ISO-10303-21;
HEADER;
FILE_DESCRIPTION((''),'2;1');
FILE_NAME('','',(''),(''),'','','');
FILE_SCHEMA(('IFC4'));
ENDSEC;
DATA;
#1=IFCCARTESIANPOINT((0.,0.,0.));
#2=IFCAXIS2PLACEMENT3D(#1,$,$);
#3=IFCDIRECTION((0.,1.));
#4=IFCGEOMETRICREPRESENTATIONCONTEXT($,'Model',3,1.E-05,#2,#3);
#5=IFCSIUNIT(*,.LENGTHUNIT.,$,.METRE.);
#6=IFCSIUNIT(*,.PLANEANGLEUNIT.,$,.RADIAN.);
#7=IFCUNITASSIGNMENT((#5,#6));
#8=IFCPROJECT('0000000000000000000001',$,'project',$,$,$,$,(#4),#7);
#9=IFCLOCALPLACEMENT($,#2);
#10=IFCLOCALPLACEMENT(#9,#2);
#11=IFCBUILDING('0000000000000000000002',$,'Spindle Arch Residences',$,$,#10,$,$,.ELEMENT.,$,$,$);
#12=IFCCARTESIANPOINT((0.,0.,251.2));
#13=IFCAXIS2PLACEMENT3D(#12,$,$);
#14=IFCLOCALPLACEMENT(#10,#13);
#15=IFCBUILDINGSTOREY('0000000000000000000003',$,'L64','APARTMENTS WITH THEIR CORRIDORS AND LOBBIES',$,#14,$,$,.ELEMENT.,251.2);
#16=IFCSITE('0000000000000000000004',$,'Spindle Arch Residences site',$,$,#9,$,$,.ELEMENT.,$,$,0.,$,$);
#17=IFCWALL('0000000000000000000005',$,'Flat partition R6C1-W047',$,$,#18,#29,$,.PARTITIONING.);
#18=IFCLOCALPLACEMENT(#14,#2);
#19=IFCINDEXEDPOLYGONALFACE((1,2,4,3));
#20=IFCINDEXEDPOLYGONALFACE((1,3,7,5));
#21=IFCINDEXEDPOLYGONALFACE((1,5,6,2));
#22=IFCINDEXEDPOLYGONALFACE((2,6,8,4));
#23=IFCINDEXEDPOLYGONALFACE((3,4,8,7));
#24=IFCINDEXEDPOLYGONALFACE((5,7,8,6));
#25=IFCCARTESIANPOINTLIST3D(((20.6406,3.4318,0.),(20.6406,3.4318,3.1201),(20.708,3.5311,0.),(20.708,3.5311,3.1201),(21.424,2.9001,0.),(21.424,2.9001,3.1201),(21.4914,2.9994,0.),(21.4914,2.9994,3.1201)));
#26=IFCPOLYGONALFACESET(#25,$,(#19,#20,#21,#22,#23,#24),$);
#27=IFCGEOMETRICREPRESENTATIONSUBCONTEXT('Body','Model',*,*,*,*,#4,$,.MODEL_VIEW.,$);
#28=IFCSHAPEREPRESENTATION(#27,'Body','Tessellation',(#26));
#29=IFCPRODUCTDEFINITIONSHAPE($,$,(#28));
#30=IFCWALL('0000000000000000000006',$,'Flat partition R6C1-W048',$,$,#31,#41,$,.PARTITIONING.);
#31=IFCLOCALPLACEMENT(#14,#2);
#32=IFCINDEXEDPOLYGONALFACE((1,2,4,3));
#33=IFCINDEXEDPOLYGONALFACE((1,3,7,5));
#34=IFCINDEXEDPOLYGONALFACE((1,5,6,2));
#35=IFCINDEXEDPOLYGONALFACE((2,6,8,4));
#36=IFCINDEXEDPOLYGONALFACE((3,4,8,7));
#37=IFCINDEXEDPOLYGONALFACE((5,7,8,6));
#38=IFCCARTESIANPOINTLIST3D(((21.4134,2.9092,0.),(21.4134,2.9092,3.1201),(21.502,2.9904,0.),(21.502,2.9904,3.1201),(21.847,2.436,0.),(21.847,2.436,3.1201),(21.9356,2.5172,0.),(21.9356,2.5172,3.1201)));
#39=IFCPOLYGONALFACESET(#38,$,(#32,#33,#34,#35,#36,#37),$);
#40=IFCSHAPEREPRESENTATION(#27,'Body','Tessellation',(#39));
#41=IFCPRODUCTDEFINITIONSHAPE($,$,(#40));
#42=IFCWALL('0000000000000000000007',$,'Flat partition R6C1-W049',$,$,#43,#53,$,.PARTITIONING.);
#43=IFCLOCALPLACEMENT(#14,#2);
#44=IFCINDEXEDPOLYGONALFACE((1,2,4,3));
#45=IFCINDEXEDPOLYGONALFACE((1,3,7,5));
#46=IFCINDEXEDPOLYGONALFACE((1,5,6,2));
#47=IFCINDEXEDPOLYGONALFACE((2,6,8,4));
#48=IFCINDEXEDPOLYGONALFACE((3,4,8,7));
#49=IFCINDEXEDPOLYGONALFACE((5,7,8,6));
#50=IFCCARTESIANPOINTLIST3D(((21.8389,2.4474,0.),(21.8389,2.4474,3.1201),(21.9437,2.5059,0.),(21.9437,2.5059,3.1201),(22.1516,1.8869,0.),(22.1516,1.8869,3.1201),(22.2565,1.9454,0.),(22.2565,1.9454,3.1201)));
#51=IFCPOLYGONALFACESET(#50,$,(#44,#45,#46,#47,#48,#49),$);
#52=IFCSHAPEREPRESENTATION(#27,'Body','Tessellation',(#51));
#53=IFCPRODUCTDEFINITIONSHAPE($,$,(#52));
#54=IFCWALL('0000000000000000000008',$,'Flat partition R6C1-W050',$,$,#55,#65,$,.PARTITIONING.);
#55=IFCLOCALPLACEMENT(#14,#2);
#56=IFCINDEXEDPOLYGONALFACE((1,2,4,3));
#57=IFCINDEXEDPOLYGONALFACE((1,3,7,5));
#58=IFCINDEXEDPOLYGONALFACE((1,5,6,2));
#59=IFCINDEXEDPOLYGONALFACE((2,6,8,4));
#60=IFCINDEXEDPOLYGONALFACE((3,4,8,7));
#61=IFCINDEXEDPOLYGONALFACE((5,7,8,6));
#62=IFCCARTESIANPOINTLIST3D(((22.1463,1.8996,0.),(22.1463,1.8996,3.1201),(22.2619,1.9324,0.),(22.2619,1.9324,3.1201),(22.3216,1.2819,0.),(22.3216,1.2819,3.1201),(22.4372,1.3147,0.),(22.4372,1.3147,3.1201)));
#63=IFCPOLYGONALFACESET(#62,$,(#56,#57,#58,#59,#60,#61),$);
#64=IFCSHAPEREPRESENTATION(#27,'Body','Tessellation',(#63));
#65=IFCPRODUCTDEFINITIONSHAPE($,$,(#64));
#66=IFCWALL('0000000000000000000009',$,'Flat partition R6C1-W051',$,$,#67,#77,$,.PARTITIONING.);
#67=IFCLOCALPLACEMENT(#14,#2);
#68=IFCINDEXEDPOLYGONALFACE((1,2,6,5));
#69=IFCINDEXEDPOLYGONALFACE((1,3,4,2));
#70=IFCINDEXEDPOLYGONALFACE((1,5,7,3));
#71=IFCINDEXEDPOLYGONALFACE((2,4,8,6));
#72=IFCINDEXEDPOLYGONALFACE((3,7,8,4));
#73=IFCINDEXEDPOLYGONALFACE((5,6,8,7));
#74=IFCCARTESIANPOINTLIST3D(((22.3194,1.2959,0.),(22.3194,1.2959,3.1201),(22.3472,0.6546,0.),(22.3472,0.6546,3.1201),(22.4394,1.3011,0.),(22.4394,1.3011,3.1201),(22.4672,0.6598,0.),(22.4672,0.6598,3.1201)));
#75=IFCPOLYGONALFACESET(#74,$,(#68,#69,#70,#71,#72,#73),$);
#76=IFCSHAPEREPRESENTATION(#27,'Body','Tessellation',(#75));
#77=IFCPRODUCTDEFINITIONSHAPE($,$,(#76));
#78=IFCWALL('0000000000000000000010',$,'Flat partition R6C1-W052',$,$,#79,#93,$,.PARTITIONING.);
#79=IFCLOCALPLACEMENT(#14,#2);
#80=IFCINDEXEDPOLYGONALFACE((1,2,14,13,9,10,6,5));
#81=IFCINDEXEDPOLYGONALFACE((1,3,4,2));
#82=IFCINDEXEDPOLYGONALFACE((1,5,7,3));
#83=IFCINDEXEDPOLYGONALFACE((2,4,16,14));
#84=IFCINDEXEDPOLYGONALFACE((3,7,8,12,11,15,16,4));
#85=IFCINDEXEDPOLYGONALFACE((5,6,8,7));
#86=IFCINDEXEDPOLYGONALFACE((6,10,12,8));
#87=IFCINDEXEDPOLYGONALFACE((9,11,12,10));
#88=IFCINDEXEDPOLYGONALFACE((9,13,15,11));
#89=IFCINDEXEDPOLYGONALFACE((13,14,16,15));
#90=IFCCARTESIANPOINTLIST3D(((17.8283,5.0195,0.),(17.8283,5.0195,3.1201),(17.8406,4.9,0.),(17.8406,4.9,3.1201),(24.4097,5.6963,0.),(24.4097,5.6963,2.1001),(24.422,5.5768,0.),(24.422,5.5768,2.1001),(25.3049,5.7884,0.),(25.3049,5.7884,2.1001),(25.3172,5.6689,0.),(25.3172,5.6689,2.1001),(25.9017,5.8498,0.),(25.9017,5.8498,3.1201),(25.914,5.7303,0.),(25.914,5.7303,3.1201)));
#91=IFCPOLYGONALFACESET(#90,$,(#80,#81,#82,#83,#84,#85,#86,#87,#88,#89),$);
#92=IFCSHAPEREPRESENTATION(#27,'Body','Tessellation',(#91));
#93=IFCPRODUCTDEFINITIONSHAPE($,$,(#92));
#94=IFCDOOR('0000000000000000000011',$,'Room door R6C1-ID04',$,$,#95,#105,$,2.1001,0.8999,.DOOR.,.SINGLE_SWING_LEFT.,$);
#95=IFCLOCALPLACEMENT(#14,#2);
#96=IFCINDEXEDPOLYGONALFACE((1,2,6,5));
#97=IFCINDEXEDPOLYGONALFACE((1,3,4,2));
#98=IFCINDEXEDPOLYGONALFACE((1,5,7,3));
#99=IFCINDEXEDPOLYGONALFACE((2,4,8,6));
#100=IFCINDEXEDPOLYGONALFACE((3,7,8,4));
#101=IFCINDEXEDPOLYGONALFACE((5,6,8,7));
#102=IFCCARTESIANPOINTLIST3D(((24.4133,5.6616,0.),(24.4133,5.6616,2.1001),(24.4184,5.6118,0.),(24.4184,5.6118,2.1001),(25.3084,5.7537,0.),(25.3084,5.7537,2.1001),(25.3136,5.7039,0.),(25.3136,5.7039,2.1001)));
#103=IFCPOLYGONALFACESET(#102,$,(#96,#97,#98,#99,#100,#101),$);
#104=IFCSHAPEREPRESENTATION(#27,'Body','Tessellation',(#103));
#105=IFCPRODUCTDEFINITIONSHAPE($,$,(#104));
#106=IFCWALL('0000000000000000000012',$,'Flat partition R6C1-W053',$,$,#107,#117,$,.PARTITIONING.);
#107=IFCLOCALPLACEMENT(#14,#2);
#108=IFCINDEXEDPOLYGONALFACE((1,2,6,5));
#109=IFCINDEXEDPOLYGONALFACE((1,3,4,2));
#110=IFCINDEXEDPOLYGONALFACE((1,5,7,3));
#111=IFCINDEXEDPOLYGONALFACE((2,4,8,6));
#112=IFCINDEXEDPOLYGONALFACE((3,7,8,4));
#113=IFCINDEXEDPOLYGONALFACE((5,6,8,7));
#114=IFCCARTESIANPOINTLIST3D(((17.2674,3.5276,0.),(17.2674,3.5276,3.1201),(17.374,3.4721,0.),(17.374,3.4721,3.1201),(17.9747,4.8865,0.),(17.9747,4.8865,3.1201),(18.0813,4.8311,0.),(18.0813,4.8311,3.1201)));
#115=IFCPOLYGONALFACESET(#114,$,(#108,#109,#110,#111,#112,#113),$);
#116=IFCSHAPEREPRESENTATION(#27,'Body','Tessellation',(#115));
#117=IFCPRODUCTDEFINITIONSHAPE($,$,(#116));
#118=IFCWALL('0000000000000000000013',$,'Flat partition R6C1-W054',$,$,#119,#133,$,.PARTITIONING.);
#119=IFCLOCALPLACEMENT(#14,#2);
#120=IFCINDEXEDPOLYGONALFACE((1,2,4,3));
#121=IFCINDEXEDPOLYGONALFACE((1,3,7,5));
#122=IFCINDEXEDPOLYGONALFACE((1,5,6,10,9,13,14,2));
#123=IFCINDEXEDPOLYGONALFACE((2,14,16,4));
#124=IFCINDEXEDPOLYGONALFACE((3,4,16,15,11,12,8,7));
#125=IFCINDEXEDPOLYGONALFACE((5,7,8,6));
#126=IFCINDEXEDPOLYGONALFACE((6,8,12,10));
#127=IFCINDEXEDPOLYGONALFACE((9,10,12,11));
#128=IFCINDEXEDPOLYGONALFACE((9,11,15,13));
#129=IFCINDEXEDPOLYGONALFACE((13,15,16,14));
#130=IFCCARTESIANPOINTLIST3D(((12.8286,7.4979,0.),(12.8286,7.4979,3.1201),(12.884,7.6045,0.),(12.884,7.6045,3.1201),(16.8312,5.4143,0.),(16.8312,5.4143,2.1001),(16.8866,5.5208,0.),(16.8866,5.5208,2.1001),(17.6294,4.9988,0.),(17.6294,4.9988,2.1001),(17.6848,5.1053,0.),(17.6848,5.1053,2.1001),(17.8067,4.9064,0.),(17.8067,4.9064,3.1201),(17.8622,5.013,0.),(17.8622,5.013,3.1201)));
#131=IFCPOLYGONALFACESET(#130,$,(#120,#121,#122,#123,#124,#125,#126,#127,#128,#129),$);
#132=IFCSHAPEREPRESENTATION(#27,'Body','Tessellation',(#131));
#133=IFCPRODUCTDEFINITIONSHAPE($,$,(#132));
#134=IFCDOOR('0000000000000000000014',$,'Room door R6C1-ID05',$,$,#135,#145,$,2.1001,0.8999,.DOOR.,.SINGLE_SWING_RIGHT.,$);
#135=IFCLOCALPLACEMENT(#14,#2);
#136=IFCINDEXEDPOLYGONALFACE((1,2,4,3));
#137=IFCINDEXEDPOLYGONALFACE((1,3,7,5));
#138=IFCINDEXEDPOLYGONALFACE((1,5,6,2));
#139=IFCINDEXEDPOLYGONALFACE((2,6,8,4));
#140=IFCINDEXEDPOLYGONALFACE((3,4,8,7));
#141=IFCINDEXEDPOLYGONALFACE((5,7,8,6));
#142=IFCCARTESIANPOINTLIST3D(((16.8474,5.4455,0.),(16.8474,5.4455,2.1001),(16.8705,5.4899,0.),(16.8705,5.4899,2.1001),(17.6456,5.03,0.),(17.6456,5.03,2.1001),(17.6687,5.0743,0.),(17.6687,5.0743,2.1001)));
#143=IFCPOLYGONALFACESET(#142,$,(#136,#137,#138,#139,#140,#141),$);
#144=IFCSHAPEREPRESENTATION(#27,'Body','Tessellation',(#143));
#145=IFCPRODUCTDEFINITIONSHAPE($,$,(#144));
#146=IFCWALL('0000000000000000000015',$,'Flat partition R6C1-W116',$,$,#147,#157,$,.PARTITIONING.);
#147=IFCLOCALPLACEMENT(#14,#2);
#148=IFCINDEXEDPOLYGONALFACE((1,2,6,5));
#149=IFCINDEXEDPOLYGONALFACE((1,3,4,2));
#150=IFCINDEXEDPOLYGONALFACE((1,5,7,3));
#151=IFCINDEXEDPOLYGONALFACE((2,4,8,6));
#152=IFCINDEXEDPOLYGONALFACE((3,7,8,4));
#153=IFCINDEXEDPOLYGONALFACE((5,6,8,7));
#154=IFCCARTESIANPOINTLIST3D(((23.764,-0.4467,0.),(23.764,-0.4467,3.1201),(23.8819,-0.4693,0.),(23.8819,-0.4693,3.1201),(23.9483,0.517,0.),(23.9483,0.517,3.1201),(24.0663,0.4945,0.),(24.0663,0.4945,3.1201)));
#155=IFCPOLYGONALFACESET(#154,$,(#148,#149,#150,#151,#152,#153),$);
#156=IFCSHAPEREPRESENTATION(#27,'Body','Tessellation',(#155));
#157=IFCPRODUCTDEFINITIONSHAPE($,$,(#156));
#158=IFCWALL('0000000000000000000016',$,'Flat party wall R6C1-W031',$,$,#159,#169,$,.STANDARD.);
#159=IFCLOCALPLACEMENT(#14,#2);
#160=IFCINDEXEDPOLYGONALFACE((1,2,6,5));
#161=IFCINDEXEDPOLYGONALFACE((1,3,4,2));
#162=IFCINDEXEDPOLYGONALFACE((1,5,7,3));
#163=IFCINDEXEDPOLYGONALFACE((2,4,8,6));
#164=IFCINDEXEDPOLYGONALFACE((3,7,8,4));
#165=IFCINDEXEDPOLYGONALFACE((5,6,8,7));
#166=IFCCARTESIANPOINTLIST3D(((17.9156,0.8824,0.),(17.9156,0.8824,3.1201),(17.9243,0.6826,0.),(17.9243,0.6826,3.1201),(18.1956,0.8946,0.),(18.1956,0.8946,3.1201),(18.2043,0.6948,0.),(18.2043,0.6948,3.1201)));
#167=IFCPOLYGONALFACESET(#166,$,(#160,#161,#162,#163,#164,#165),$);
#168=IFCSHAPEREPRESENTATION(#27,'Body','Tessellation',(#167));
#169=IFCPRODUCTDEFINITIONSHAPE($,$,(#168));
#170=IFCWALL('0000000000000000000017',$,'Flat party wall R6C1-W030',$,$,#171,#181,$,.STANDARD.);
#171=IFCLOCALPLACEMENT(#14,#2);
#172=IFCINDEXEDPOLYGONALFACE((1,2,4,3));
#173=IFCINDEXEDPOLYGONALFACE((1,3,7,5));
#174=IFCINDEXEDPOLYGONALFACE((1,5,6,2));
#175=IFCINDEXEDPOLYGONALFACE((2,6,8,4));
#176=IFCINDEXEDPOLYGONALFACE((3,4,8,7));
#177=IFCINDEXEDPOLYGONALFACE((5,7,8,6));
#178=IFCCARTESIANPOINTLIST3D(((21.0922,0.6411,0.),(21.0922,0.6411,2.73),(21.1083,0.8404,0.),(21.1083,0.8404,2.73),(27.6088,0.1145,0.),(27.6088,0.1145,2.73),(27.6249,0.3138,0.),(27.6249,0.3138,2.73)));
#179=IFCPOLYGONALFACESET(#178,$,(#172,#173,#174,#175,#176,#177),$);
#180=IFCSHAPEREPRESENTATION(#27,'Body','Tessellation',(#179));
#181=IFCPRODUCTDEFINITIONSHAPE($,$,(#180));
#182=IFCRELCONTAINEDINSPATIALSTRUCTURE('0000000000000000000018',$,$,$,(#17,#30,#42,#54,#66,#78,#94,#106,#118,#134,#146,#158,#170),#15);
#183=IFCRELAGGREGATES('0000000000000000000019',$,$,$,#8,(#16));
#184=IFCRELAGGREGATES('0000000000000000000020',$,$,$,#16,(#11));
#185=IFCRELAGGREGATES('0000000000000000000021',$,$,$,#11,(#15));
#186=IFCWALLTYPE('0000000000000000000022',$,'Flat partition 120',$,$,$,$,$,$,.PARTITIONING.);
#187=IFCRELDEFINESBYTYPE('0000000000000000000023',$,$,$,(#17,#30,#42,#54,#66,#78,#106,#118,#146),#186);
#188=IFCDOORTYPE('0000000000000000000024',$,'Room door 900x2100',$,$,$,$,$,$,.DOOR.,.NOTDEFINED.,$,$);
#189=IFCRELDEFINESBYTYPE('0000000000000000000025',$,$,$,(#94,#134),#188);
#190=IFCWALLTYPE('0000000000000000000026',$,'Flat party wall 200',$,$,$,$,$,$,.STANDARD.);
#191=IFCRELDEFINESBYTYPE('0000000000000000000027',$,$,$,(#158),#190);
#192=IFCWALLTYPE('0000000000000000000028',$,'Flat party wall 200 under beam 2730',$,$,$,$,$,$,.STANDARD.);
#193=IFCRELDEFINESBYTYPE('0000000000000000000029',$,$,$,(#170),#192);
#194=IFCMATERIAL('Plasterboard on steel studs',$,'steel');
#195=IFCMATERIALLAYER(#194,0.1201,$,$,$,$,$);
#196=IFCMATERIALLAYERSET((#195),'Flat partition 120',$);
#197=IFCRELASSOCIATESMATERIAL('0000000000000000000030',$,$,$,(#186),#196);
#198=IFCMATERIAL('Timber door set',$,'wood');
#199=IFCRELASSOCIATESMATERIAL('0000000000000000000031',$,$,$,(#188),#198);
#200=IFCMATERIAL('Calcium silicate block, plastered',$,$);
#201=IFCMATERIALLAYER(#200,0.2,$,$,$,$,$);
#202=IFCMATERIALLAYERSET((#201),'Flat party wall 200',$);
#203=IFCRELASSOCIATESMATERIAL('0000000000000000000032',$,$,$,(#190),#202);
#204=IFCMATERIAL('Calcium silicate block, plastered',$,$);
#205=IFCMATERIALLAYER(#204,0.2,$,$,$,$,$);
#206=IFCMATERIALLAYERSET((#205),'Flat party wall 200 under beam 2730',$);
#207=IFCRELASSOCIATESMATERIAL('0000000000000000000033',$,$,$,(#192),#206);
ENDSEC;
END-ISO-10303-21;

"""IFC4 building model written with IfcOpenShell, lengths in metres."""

from ifc_helpers import new_model, si_unit, direction, frame, frame_2d, origin, place, context, subcontext, project, spatial, rectangle, extrude, material, layer, layer_set, type_object, element, fill, save


model = new_model("IFC4")

# Units and contexts
model_context = context("Model", 3, precision=1e-05, world=origin(), true_north=direction((0.0, 1.0)))
body_context = subcontext(model_context, "Body", "Model", "MODEL_VIEW")
ifc_project = project(units=[si_unit("LENGTHUNIT", "METRE"), si_unit("PLANEANGLEUNIT", "RADIAN")], contexts=[model_context])

# Site, building, storey
site_placement = place(None, origin())
site = spatial("IfcSite", under=ifc_project, at=site_placement, Name="Spindle Arch Residences site", CompositionType="ELEMENT", RefElevation=0.0)
building_placement = place(site_placement, origin())
building = spatial("IfcBuilding", under=site, at=building_placement, Name="Spindle Arch Residences", CompositionType="ELEMENT")
storey_placement = place(building_placement, frame((0.0, 0.0, 251.2)))
storey = spatial("IfcBuildingStorey", under=building, at=storey_placement, Name="L64", Description="APARTMENTS WITH THEIR CORRIDORS AND LOBBIES", CompositionType="ELEMENT", Elevation=251.2)

# Shared definitions
ifc_material_1 = material(Name="Plasterboard on steel studs", Category="steel")
ifc_layer_1 = layer(ifc_material_1, 0.1201)
ifc_layer_set_1 = layer_set([ifc_layer_1], Name="Flat partition 120")
wall_type_1 = type_object("IfcWallType", Name="Flat partition 120", PredefinedType="PARTITIONING", material=ifc_layer_set_1)

# Shared definitions
ifc_material_2 = material(Name="Timber door set", Category="wood")
door_type_1 = type_object("IfcDoorType", Name="Room door 900x2100", OperationType="NOTDEFINED", PredefinedType="DOOR", material=ifc_material_2)

# Walls
wall_1_placement = place(storey_placement, frame((20.6743, 3.4814, 0.0), z_axis=(0.0, 0.0, 1.0), x_axis=(0.82742, -0.561583, 0.0)))
element("IfcWall", 1, at=wall_1_placement, inside=storey, type_object=wall_type_1, Name="Flat partition R6C1-W047", PredefinedType="PARTITIONING", context=body_context, shape_type="SweptSolid", body=[
    extrude(rectangle(XDim=0.9468, YDim=0.1201, at=frame_2d((0.4734, 0.0))), origin(), (0.0, 0.0, 1.0), 3.1201),
])
for number, where, z_axis, x_axis, name in (
    (2, (21.4578, 2.9497, 0.0), (0.0, 0.0, 1.0), (0.675621, -0.737249, 0.0), "Flat partition R6C1-W048"),
    (3, (21.8914, 2.4766, 0.0), (0.0, 0.0, 1.0), (0.487225, -0.873277, 0.0), "Flat partition R6C1-W049"),
):
    element("IfcWall", number, at=place(storey_placement, frame(where, z_axis=z_axis, x_axis=x_axis)), inside=storey, type_object=wall_type_1, Name=name, PredefinedType="PARTITIONING", context=body_context, shape_type="SweptSolid", body=[
        extrude(rectangle(XDim=0.6418, YDim=0.1201, at=frame_2d((0.3208, 0.0))), origin(), (0.0, 0.0, 1.0), 3.1201),
    ])
wall_2_placement = place(storey_placement, frame((22.2041, 1.916, 0.0), z_axis=(0.0, 0.0, 1.0), x_axis=(0.273013, -0.96201, 0.0)))
element("IfcWall", 4, at=wall_2_placement, inside=storey, type_object=wall_type_1, Name="Flat partition R6C1-W050", PredefinedType="PARTITIONING", context=body_context, shape_type="SweptSolid", body=[
    extrude(rectangle(XDim=0.6421, YDim=0.1201, at=frame_2d((0.321, 0.0))), origin(), (0.0, 0.0, 1.0), 3.1201),
])
wall_3_placement = place(storey_placement, frame((22.3794, 1.2983, 0.0), z_axis=(0.0, 0.0, 1.0), x_axis=(0.043355, -0.99906, 0.0)))
element("IfcWall", 5, at=wall_3_placement, inside=storey, type_object=wall_type_1, Name="Flat partition R6C1-W051", PredefinedType="PARTITIONING", context=body_context, shape_type="SweptSolid", body=[
    extrude(rectangle(XDim=0.6418, YDim=0.1201, at=frame_2d((0.3208, 0.0))), origin(), (0.0, 0.0, 1.0), 3.1201),
])

# Wall, opening, door
wall_4_placement = place(storey_placement, frame((25.908, 5.79, 0.0), z_axis=(0.0, 0.0, 1.0), x_axis=(-0.994753, -0.102306, 0.0)))
wall_4 = element("IfcWall", 6, at=wall_4_placement, inside=storey, type_object=wall_type_1, Name="Flat partition R6C1-W052", PredefinedType="PARTITIONING", context=body_context, shape_type="SweptSolid", body=[
    extrude(rectangle(XDim=8.116, YDim=0.1201, at=frame_2d((4.0581, 0.0))), origin(), (0.0, 0.0, 1.0), 3.1201),
])
opening_1_placement = place(wall_4_placement, frame((0.6001, 0.0, 0.0)))
opening_1 = element("IfcOpeningElement", 7, at=opening_1_placement, cuts=wall_4, PredefinedType="OPENING", context=body_context, shape_type="SweptSolid", body=[
    extrude(rectangle(XDim=0.8999, YDim=2.1001, at=frame_2d((0.45, 1.05))), frame((0.0, 0.0701, 0.0), z_axis=(0.0, -1.0, 0.0), x_axis=(1.0, 0.0, 0.0)), (0.0, 0.0, 1.0), 0.1401),
])
door_1_placement = place(opening_1_placement, origin())
door_1 = element("IfcDoor", 8, at=door_1_placement, inside=storey, type_object=door_type_1, Name="Room door R6C1-ID04", OperationType="SINGLE_SWING_LEFT", OverallHeight=2.1001, OverallWidth=0.8999, PredefinedType="DOOR", context=body_context, shape_type="SweptSolid", body=[
    extrude(rectangle(XDim=0.8999, YDim=2.1001, at=frame_2d((0.45, 1.05))), frame((0.0, 0.0249, 0.0), z_axis=(0.0, -1.0, 0.0), x_axis=(1.0, 0.0, 0.0)), (0.0, 0.0, 1.0), 0.05),
])
fill(opening_1, door_1)

# Wall
wall_5_placement = place(storey_placement, frame((18.0281, 4.8589, 0.0), z_axis=(0.0, 0.0, 1.0), x_axis=(-0.461689, -0.887042, 0.0)))
element("IfcWall", 9, at=wall_5_placement, inside=storey, type_object=wall_type_1, Name="Flat partition R6C1-W053", PredefinedType="PARTITIONING", context=body_context, shape_type="SweptSolid", body=[
    extrude(rectangle(XDim=1.532, YDim=0.1201, at=frame_2d((0.7661, 0.0))), origin(), (0.0, 0.0, 1.0), 3.1201),
])

# Wall, opening, door
wall_6_placement = place(storey_placement, frame((17.8345, 4.9597, 0.0), z_axis=(0.0, 0.0, 1.0), x_axis=(-0.887009, 0.461753, 0.0)))
wall_6 = element("IfcWall", 10, at=wall_6_placement, inside=storey, type_object=wall_type_1, Name="Flat partition R6C1-W054", PredefinedType="PARTITIONING", context=body_context, shape_type="SweptSolid", body=[
    extrude(rectangle(XDim=5.6123, YDim=0.1201, at=frame_2d((2.8062, 0.0))), origin(), (0.0, 0.0, 1.0), 3.1201),
])
opening_2_placement = place(wall_6_placement, frame((0.2, 0.0, 0.0)))
opening_2 = element("IfcOpeningElement", 11, at=opening_2_placement, cuts=wall_6, PredefinedType="OPENING", context=body_context, shape_type="SweptSolid", body=[
    extrude(rectangle(XDim=0.8999, YDim=2.1001, at=frame_2d((0.45, 1.05))), frame((0.0, 0.0701, 0.0), z_axis=(0.0, -1.0, 0.0), x_axis=(1.0, 0.0, 0.0)), (0.0, 0.0, 1.0), 0.1401),
])
door_2_placement = place(opening_2_placement, origin())
door_2 = element("IfcDoor", 12, at=door_2_placement, inside=storey, type_object=door_type_1, Name="Room door R6C1-ID05", OperationType="SINGLE_SWING_RIGHT", OverallHeight=2.1001, OverallWidth=0.8999, PredefinedType="DOOR", context=body_context, shape_type="SweptSolid", body=[
    extrude(rectangle(XDim=0.8999, YDim=2.1001, at=frame_2d((0.45, 1.05))), frame((0.0, 0.0249, 0.0), z_axis=(0.0, -1.0, 0.0), x_axis=(1.0, 0.0, 0.0)), (0.0, 0.0, 1.0), 0.05),
])
fill(opening_2, door_2)

# Walls
wall_7_placement = place(storey_placement, frame((24.0073, 0.5059, 0.0), z_axis=(0.0, 0.0, 1.0), x_axis=(-0.187878, -0.982192, 0.0)))
element("IfcWall", 13, at=wall_7_placement, inside=storey, type_object=wall_type_1, Name="Flat partition R6C1-W116", PredefinedType="PARTITIONING", context=body_context, shape_type="SweptSolid", body=[
    extrude(rectangle(XDim=0.9812, YDim=0.1201, at=frame_2d((0.4907, 0.0))), origin(), (0.0, 0.0, 1.0), 3.1201),
])
ifc_material_3 = material(Name="Calcium silicate block, plastered")
ifc_layer_2 = layer(ifc_material_3, 0.2)
ifc_layer_set_2 = layer_set([ifc_layer_2], Name="Flat party wall 200")
wall_type_2 = type_object("IfcWallType", Name="Flat party wall 200", PredefinedType="STANDARD", material=ifc_layer_set_2)
wall_8_placement = place(storey_placement, frame((17.9199, 0.7825, 0.0), z_axis=(0.0, 0.0, 1.0), x_axis=(0.999051, 0.043551, 0.0)))
element("IfcWall", 14, at=wall_8_placement, inside=storey, type_object=wall_type_2, Name="Flat party wall R6C1-W031", PredefinedType="STANDARD", context=body_context, shape_type="SweptSolid", body=[
    extrude(rectangle(XDim=0.2803, YDim=0.2, at=frame_2d((0.1401, 0.0))), origin(), (0.0, 0.0, 1.0), 3.1201),
])
ifc_material_4 = material(Name="Calcium silicate block, plastered")
ifc_layer_3 = layer(ifc_material_4, 0.2)
ifc_layer_set_3 = layer_set([ifc_layer_3], Name="Flat party wall 200 under beam 2730")
wall_type_3 = type_object("IfcWallType", Name="Flat party wall 200 under beam 2730", PredefinedType="STANDARD", material=ifc_layer_set_3)
wall_9_placement = place(storey_placement, frame((21.1001, 0.7407, 0.0), z_axis=(0.0, 0.0, 1.0), x_axis=(0.996751, -0.080548, 0.0)))
element("IfcWall", 15, at=wall_9_placement, inside=storey, type_object=wall_type_3, Name="Flat party wall R6C1-W030", PredefinedType="STANDARD", context=body_context, shape_type="SweptSolid", body=[
    extrude(rectangle(XDim=6.5378, YDim=0.2, at=frame_2d((3.269, 0.0))), origin(), (0.0, 0.0, 1.0), 2.73),
])

save(model, "model.ifc")
